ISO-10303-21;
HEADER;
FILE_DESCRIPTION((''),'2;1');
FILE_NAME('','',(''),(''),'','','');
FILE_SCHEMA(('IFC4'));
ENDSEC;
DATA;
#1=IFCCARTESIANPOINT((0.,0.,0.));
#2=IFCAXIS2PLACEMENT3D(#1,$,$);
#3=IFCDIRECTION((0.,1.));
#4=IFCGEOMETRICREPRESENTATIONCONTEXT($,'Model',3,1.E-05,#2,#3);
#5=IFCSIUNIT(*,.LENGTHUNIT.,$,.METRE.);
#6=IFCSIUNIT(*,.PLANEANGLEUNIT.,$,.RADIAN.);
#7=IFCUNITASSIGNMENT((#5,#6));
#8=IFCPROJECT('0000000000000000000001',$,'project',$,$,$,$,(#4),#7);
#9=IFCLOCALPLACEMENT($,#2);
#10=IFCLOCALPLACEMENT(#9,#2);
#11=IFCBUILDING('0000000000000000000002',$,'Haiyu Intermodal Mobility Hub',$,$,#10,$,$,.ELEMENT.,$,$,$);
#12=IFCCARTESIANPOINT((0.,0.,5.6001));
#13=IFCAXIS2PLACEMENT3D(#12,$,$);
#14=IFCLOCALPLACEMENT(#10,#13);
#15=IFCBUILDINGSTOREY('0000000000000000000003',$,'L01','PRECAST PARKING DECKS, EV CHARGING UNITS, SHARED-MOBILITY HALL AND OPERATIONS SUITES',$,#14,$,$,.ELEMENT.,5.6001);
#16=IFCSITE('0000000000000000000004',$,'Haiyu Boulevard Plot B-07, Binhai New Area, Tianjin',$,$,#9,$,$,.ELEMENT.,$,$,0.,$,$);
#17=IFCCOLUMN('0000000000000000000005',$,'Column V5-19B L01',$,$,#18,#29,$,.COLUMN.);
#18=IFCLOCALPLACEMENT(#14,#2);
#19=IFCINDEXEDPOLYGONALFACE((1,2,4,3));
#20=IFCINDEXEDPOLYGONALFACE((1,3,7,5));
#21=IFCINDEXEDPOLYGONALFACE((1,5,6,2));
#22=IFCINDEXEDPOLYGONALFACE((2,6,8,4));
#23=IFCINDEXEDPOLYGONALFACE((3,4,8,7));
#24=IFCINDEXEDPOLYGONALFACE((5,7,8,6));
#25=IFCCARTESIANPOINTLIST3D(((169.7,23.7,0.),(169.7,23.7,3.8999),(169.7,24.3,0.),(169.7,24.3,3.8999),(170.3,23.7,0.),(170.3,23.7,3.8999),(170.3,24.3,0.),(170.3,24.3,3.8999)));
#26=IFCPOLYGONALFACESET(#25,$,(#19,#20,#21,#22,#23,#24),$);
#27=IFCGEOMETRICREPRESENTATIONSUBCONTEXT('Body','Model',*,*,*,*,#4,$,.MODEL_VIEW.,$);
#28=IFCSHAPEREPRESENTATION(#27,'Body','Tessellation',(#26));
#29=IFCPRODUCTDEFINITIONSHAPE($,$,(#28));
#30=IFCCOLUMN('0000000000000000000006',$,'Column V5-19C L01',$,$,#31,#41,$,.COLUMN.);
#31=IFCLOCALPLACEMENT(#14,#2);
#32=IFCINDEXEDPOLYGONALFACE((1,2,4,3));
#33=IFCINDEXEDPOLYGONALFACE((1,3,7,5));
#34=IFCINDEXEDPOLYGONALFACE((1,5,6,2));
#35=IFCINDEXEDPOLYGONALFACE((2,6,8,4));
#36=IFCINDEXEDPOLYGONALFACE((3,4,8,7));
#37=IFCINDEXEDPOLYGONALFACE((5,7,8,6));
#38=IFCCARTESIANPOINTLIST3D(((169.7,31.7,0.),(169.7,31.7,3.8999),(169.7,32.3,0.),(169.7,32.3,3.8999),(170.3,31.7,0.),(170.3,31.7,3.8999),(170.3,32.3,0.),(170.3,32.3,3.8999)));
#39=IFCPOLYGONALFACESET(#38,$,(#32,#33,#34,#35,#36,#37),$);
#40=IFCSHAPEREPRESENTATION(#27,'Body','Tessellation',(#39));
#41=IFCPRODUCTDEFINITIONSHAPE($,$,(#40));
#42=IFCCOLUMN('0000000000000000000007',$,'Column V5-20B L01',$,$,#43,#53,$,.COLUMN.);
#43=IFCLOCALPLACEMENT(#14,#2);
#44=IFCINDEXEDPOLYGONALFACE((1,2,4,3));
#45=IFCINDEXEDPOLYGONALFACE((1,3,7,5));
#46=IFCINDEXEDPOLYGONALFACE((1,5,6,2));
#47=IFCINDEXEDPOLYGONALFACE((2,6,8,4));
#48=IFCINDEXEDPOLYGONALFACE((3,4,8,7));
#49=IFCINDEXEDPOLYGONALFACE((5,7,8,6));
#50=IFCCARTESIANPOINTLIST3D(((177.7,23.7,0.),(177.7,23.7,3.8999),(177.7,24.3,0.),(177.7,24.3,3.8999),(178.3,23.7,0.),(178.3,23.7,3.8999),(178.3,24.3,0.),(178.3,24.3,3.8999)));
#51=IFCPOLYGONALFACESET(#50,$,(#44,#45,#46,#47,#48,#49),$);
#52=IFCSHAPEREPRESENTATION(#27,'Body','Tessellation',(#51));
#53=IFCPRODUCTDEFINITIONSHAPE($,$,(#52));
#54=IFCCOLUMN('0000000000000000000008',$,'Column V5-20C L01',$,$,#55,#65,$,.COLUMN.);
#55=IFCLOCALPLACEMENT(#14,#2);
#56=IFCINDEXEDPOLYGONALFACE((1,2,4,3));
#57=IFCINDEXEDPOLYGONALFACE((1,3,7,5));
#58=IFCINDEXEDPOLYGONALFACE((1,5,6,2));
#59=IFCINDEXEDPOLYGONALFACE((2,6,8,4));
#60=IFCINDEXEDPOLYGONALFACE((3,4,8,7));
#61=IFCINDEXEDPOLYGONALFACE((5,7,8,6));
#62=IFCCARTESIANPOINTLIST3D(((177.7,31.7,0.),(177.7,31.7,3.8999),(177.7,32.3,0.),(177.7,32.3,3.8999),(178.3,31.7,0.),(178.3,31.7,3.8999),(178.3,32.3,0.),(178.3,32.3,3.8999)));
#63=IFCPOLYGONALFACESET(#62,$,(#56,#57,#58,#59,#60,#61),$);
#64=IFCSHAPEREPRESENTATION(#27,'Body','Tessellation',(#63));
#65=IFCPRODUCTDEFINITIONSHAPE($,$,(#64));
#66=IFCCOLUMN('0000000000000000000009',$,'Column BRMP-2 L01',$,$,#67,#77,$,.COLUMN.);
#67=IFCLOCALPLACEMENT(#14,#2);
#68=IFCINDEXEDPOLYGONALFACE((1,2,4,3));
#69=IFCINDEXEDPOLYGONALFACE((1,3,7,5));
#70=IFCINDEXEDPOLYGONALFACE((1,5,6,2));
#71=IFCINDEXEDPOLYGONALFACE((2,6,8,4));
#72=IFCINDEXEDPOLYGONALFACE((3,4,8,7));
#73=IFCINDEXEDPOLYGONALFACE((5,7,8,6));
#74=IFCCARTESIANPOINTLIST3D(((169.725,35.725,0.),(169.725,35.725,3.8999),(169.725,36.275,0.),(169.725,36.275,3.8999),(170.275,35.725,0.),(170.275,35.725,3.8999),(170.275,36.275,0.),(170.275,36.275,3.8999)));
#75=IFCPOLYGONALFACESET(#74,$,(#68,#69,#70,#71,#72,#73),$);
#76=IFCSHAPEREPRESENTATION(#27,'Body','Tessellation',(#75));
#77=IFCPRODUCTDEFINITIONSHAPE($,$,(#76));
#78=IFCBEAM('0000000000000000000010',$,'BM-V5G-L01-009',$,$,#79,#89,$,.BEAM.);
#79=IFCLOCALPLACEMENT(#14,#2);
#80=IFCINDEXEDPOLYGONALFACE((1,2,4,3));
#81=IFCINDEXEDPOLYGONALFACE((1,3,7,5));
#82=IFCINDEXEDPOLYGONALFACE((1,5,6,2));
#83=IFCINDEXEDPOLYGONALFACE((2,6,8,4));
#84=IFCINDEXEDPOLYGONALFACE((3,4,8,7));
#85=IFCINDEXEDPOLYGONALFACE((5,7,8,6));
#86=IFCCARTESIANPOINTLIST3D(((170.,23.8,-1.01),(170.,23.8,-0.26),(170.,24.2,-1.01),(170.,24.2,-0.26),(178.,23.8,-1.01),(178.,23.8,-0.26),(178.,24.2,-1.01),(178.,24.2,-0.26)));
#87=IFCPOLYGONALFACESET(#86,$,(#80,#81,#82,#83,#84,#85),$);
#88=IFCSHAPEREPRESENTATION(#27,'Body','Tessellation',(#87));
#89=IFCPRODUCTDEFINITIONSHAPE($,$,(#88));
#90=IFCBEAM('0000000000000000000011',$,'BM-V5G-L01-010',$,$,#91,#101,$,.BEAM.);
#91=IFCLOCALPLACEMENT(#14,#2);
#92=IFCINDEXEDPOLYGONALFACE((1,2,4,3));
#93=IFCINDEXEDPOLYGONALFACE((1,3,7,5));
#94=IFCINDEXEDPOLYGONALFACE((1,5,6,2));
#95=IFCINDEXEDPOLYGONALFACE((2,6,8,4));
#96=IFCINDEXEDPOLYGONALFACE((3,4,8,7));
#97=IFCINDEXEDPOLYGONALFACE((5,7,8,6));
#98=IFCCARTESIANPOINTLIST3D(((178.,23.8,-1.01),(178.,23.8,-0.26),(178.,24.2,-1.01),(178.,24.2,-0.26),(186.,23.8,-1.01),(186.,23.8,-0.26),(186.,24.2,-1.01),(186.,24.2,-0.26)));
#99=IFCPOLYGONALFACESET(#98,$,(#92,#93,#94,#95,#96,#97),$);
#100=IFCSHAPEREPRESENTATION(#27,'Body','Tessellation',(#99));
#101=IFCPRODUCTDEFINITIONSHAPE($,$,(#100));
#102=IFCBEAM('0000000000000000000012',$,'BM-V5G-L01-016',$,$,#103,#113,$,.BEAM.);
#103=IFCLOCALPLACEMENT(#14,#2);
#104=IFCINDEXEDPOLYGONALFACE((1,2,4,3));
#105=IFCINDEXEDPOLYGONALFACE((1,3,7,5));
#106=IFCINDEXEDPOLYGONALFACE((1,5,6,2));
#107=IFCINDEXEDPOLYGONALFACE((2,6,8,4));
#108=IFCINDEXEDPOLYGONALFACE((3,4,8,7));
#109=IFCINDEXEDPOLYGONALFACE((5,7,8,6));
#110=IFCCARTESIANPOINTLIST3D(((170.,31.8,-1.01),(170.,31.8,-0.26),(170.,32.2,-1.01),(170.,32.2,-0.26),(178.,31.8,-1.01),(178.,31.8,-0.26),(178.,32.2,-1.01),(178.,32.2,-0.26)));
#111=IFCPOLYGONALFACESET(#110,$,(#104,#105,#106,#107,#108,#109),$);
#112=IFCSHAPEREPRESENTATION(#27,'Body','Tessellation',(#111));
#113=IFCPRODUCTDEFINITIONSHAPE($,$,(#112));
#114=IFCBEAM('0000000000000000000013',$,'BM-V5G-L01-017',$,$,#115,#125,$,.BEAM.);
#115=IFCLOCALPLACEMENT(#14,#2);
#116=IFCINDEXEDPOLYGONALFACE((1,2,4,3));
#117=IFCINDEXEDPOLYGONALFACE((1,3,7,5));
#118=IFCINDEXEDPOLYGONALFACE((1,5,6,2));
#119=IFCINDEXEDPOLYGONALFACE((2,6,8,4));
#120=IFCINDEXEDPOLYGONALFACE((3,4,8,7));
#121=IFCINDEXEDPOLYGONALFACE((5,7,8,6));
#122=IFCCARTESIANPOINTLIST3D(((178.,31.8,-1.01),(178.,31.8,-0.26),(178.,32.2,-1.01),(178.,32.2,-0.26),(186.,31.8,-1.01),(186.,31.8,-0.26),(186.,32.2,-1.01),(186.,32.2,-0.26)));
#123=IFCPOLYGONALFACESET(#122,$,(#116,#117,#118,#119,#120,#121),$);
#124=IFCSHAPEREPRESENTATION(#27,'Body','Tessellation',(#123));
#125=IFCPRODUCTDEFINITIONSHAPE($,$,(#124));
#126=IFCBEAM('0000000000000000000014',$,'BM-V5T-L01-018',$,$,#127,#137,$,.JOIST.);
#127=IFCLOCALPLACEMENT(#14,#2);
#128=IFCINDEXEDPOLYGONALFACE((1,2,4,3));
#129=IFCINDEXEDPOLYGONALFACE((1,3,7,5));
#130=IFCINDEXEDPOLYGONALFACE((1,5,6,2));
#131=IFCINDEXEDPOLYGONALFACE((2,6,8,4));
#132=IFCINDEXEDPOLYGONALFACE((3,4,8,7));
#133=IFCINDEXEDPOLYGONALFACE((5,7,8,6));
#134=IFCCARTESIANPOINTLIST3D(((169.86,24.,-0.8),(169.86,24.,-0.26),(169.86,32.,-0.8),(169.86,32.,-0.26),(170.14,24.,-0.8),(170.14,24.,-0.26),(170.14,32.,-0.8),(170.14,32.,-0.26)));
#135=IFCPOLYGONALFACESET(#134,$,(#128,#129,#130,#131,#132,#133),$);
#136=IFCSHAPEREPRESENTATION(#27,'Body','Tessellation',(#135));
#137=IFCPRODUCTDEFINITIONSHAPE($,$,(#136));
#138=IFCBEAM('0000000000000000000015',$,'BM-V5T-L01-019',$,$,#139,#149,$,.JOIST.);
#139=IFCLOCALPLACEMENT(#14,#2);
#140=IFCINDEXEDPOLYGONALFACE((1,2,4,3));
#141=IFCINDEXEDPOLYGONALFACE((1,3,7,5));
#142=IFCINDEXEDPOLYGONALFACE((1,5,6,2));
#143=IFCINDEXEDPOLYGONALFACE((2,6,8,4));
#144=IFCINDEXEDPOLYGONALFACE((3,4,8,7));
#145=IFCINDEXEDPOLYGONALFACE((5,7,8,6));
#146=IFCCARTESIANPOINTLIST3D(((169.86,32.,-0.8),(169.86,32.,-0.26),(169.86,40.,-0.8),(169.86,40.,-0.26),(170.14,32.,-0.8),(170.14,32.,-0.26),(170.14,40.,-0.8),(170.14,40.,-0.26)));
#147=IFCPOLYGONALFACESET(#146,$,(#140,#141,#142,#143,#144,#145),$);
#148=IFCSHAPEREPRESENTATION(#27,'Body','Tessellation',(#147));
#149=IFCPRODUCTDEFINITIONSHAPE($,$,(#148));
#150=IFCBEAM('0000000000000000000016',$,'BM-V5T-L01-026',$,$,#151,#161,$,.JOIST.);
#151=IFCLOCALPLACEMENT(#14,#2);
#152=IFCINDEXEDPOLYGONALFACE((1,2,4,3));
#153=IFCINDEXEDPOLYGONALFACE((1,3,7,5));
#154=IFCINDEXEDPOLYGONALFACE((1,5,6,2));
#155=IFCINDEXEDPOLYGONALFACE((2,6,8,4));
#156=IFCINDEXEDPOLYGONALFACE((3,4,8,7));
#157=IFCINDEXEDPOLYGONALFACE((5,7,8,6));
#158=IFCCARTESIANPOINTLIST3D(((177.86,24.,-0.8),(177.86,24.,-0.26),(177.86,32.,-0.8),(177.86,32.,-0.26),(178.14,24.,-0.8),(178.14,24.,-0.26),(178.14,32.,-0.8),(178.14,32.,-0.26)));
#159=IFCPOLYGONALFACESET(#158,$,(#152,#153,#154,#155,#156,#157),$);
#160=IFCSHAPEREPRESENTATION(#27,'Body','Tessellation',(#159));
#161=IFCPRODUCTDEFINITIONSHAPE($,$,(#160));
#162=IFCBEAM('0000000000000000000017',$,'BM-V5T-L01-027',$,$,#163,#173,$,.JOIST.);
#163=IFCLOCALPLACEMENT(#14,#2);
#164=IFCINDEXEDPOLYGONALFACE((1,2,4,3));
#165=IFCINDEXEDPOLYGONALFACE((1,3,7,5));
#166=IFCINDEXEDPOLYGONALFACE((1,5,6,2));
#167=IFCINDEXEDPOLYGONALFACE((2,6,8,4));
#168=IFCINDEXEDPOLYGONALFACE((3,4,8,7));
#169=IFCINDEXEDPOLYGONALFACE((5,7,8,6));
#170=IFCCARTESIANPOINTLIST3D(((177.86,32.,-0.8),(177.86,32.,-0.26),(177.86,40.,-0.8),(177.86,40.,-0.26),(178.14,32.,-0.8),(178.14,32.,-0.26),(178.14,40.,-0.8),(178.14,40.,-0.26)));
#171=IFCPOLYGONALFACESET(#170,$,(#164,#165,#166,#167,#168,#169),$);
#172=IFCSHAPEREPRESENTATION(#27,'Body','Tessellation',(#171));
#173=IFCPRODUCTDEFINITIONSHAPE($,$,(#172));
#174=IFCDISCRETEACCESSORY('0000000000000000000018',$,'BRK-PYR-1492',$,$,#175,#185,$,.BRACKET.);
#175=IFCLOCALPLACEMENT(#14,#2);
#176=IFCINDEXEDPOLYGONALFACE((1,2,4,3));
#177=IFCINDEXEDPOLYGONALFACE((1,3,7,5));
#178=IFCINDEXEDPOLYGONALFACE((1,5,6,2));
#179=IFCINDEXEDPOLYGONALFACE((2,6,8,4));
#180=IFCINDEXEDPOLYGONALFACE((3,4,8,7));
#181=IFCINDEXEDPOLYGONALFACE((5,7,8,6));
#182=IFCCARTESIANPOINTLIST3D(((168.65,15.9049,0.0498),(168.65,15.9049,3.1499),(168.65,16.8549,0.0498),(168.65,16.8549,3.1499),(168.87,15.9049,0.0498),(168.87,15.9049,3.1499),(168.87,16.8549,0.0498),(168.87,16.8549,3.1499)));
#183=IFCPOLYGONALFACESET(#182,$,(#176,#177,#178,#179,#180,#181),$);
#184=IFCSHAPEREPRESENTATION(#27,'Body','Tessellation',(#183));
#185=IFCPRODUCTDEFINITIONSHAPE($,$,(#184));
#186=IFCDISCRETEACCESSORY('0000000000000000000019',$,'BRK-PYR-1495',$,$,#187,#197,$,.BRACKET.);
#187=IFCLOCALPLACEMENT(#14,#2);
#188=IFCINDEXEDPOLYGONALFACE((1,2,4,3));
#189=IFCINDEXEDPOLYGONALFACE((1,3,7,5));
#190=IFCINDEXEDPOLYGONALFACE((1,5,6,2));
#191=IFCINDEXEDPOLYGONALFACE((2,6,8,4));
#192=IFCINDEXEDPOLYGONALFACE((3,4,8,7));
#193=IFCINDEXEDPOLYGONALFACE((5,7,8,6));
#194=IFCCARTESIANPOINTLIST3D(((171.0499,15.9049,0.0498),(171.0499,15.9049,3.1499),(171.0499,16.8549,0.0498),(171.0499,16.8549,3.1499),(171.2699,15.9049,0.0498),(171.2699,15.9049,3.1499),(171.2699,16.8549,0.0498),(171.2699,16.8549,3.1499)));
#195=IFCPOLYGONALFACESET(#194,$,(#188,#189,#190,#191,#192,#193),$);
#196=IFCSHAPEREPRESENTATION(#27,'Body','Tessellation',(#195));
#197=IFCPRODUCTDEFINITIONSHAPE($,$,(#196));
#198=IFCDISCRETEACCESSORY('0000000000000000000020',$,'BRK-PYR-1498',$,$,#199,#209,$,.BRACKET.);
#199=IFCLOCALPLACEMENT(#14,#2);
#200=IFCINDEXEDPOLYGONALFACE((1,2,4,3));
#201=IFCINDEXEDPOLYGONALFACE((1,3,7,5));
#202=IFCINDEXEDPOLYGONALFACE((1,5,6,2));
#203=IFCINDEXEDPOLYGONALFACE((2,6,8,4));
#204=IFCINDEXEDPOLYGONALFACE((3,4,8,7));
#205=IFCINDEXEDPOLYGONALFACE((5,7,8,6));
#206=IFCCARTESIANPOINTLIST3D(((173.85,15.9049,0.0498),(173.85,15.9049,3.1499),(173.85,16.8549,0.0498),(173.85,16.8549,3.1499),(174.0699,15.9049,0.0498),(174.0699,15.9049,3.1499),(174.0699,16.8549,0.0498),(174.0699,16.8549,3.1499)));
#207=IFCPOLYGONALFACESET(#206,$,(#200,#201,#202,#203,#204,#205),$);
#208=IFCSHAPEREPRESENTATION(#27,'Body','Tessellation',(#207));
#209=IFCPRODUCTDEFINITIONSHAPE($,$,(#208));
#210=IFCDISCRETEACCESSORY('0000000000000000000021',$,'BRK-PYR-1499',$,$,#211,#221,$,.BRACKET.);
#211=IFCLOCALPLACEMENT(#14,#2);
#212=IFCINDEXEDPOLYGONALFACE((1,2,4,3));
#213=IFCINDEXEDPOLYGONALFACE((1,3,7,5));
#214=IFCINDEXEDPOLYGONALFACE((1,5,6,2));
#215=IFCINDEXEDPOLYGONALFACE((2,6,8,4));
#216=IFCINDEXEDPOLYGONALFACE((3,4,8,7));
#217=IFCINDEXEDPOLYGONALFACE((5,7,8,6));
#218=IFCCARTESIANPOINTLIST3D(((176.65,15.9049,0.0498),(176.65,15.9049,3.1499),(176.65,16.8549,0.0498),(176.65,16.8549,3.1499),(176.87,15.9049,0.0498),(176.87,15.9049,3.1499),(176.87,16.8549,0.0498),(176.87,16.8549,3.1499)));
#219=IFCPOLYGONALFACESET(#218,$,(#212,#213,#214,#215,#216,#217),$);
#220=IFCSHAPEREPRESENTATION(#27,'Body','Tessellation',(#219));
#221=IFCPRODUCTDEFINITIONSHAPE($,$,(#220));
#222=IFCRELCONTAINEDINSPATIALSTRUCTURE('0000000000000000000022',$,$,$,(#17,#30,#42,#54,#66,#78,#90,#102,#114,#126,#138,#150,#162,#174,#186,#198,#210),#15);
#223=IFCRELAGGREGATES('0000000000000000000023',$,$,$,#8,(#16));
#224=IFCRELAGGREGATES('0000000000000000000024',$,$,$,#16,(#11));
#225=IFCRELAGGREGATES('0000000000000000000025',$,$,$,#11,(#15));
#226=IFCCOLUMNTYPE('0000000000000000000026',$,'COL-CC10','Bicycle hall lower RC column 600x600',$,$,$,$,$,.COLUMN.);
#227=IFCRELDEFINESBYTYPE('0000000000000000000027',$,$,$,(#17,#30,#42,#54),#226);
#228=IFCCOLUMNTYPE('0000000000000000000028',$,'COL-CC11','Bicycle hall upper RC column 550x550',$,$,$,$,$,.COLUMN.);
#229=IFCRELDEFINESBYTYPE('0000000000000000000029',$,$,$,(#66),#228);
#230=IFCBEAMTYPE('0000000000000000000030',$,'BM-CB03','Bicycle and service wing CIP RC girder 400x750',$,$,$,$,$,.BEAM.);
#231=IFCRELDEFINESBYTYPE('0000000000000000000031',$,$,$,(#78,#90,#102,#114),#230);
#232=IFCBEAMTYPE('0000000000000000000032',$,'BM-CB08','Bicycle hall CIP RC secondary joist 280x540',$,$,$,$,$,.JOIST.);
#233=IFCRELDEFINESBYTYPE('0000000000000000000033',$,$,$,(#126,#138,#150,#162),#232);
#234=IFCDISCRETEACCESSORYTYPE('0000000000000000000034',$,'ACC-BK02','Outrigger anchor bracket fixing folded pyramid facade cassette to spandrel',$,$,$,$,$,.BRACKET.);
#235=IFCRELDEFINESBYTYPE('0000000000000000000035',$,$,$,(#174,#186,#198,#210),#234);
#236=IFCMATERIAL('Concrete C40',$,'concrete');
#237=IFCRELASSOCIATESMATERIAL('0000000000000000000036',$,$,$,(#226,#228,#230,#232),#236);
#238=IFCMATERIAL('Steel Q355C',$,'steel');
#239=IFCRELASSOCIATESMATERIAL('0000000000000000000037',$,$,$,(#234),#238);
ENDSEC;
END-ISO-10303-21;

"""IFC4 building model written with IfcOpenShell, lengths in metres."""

from ifc_helpers import new_model, si_unit, direction, frame, origin, origin_2d, place, context, subcontext, project, spatial, rectangle, extrude, material, material_profile, profile_set, type_object, element, save


model = new_model("IFC4")

# Units and contexts
model_context = context("Model", 3, precision=1e-05, world=origin(), true_north=direction((0.0, 1.0)))
body_context = subcontext(model_context, "Body", "Model", "MODEL_VIEW")
ifc_project = project(units=[si_unit("LENGTHUNIT", "METRE"), si_unit("PLANEANGLEUNIT", "RADIAN")], contexts=[model_context])

# Site, building, storey
site_placement = place(None, origin())
site = spatial("IfcSite", under=ifc_project, at=site_placement, Name="Haiyu Boulevard Plot B-07, Binhai New Area, Tianjin", CompositionType="ELEMENT", RefElevation=0.0)
building_placement = place(site_placement, origin())
building = spatial("IfcBuilding", under=site, at=building_placement, Name="Haiyu Intermodal Mobility Hub", CompositionType="ELEMENT")
storey_placement = place(building_placement, frame((0.0, 0.0, 5.6001)))
storey = spatial("IfcBuildingStorey", under=building, at=storey_placement, Name="L01", Description="PRECAST PARKING DECKS, EV CHARGING UNITS, SHARED-MOBILITY HALL AND OPERATIONS SUITES", CompositionType="ELEMENT", Elevation=5.6001)

# Columns
ifc_material_1 = material(Name="Concrete C40", Category="concrete")
ifc_material_profile_1 = material_profile(ifc_material_1, rectangle(XDim=0.6001, YDim=0.6001, at=origin_2d()), Name="RC600x600")
ifc_profile_set_1 = profile_set([ifc_material_profile_1], Name="Concrete C40")
column_type_1 = type_object("IfcColumnType", Name="COL-CC10", Description="Bicycle hall lower RC column 600x600", PredefinedType="COLUMN", material=ifc_profile_set_1)
for number, where, z_axis, x_axis, name in (
    (1, (170.0, 24.0, 0.0), (0.0, 0.0, 1.0), (1.0, 0.0, 0.0), "Column V5-19B L01"),
    (2, (170.0, 32.0, 0.0), (0.0, 0.0, 1.0), (1.0, 0.0, 0.0), "Column V5-19C L01"),
    (3, (178.0, 24.0, 0.0), (0.0, 0.0, 1.0), (1.0, 0.0, 0.0), "Column V5-20B L01"),
    (4, (178.0, 32.0, 0.0), (0.0, 0.0, 1.0), (1.0, 0.0, 0.0), "Column V5-20C L01"),
):
    element("IfcColumn", number, at=place(storey_placement, frame(where, z_axis=z_axis, x_axis=x_axis)), inside=storey, type_object=column_type_1, Name=name, PredefinedType="COLUMN", context=body_context, shape_type="SweptSolid", body=[
        extrude(rectangle(XDim=0.6001, YDim=0.6001, at=origin_2d()), origin(), (0.0, 0.0, 1.0), 3.8999),
    ])
ifc_material_profile_2 = material_profile(ifc_material_1, rectangle(XDim=0.55, YDim=0.55, at=origin_2d()), Name="RC550x550")
ifc_profile_set_2 = profile_set([ifc_material_profile_2], Name="Concrete C40")
column_type_2 = type_object("IfcColumnType", Name="COL-CC11", Description="Bicycle hall upper RC column 550x550", PredefinedType="COLUMN", material=ifc_profile_set_2)
column_placement = place(storey_placement, frame((170.0, 36.0, 0.0), z_axis=(0.0, 0.0, 1.0), x_axis=(1.0, 0.0, 0.0)))
element("IfcColumn", 5, at=column_placement, inside=storey, type_object=column_type_2, Name="Column BRMP-2 L01", PredefinedType="COLUMN", context=body_context, shape_type="SweptSolid", body=[
    extrude(rectangle(XDim=0.55, YDim=0.55, at=origin_2d()), origin(), (0.0, 0.0, 1.0), 3.8999),
])

# Beams
ifc_material_profile_3 = material_profile(ifc_material_1, rectangle(XDim=0.3999, YDim=0.75, at=origin_2d()), Name="RCB400x750")
ifc_profile_set_3 = profile_set([ifc_material_profile_3], Name="Concrete C40")
beam_type_1 = type_object("IfcBeamType", Name="BM-CB03", Description="Bicycle and service wing CIP RC girder 400x750", PredefinedType="BEAM", material=ifc_profile_set_3)
for number, where, z_axis, x_axis, name in (
    (6, (170.0, 24.0, -0.635), (1.0, 0.0, 0.0), (0.0, 1.0, 0.0), "BM-V5G-L01-009"),
    (7, (178.0, 24.0, -0.635), (1.0, 0.0, 0.0), (0.0, 1.0, 0.0), "BM-V5G-L01-010"),
    (8, (170.0, 32.0, -0.635), (1.0, 0.0, 0.0), (0.0, 1.0, 0.0), "BM-V5G-L01-016"),
    (9, (178.0, 32.0, -0.635), (1.0, 0.0, 0.0), (0.0, 1.0, 0.0), "BM-V5G-L01-017"),
):
    element("IfcBeam", number, at=place(storey_placement, frame(where, z_axis=z_axis, x_axis=x_axis)), inside=storey, type_object=beam_type_1, Name=name, PredefinedType="BEAM", context=body_context, shape_type="SweptSolid", body=[
        extrude(rectangle(XDim=0.3999, YDim=0.75, at=origin_2d()), origin(), (0.0, 0.0, 1.0), 8.0),
    ])
ifc_material_profile_4 = material_profile(ifc_material_1, rectangle(XDim=0.28, YDim=0.54, at=origin_2d()), Name="RCB280x540")
ifc_profile_set_4 = profile_set([ifc_material_profile_4], Name="Concrete C40")
beam_type_2 = type_object("IfcBeamType", Name="BM-CB08", Description="Bicycle hall CIP RC secondary joist 280x540", PredefinedType="JOIST", material=ifc_profile_set_4)
for number, where, z_axis, x_axis, name in (
    (10, (170.0, 24.0, -0.53), (0.0, 1.0, 0.0), (-1.0, 0.0, 0.0), "BM-V5T-L01-018"),
    (11, (170.0, 32.0, -0.53), (0.0, 1.0, 0.0), (-1.0, 0.0, 0.0), "BM-V5T-L01-019"),
    (12, (178.0, 24.0, -0.53), (0.0, 1.0, 0.0), (-1.0, 0.0, 0.0), "BM-V5T-L01-026"),
    (13, (178.0, 32.0, -0.53), (0.0, 1.0, 0.0), (-1.0, 0.0, 0.0), "BM-V5T-L01-027"),
):
    element("IfcBeam", number, at=place(storey_placement, frame(where, z_axis=z_axis, x_axis=x_axis)), inside=storey, type_object=beam_type_2, Name=name, PredefinedType="JOIST", context=body_context, shape_type="SweptSolid", body=[
        extrude(rectangle(XDim=0.28, YDim=0.54, at=origin_2d()), origin(), (0.0, 0.0, 1.0), 8.0),
    ])

# Shared definitions
ifc_material_2 = material(Name="Steel Q355C", Category="steel")

# Discrete accessories
discrete_accessory_type = type_object("IfcDiscreteAccessoryType", Name="ACC-BK02", Description="Outrigger anchor bracket fixing folded pyramid facade cassette to spandrel", PredefinedType="BRACKET", material=ifc_material_2)
for number, where, z_axis, x_axis, name in (
    (14, (168.76, 16.3799, 0.0498), (0.0, 0.0, 1.0), (1.0, 0.0, 0.0), "BRK-PYR-1492"),
    (15, (171.1599, 16.3799, 0.0498), (0.0, 0.0, 1.0), (1.0, 0.0, 0.0), "BRK-PYR-1495"),
    (16, (173.96, 16.3799, 0.0498), (0.0, 0.0, 1.0), (1.0, 0.0, 0.0), "BRK-PYR-1498"),
    (17, (176.76, 16.3799, 0.0498), (0.0, 0.0, 1.0), (1.0, 0.0, 0.0), "BRK-PYR-1499"),
):
    element("IfcDiscreteAccessory", number, at=place(storey_placement, frame(where, z_axis=z_axis, x_axis=x_axis)), inside=storey, type_object=discrete_accessory_type, Name=name, PredefinedType="BRACKET", context=body_context, shape_type="SweptSolid", body=[
        extrude(rectangle(XDim=0.22, YDim=0.95, at=origin_2d()), origin(), (0.0, 0.0, 1.0), 3.1001),
    ])

save(model, "model.ifc")
